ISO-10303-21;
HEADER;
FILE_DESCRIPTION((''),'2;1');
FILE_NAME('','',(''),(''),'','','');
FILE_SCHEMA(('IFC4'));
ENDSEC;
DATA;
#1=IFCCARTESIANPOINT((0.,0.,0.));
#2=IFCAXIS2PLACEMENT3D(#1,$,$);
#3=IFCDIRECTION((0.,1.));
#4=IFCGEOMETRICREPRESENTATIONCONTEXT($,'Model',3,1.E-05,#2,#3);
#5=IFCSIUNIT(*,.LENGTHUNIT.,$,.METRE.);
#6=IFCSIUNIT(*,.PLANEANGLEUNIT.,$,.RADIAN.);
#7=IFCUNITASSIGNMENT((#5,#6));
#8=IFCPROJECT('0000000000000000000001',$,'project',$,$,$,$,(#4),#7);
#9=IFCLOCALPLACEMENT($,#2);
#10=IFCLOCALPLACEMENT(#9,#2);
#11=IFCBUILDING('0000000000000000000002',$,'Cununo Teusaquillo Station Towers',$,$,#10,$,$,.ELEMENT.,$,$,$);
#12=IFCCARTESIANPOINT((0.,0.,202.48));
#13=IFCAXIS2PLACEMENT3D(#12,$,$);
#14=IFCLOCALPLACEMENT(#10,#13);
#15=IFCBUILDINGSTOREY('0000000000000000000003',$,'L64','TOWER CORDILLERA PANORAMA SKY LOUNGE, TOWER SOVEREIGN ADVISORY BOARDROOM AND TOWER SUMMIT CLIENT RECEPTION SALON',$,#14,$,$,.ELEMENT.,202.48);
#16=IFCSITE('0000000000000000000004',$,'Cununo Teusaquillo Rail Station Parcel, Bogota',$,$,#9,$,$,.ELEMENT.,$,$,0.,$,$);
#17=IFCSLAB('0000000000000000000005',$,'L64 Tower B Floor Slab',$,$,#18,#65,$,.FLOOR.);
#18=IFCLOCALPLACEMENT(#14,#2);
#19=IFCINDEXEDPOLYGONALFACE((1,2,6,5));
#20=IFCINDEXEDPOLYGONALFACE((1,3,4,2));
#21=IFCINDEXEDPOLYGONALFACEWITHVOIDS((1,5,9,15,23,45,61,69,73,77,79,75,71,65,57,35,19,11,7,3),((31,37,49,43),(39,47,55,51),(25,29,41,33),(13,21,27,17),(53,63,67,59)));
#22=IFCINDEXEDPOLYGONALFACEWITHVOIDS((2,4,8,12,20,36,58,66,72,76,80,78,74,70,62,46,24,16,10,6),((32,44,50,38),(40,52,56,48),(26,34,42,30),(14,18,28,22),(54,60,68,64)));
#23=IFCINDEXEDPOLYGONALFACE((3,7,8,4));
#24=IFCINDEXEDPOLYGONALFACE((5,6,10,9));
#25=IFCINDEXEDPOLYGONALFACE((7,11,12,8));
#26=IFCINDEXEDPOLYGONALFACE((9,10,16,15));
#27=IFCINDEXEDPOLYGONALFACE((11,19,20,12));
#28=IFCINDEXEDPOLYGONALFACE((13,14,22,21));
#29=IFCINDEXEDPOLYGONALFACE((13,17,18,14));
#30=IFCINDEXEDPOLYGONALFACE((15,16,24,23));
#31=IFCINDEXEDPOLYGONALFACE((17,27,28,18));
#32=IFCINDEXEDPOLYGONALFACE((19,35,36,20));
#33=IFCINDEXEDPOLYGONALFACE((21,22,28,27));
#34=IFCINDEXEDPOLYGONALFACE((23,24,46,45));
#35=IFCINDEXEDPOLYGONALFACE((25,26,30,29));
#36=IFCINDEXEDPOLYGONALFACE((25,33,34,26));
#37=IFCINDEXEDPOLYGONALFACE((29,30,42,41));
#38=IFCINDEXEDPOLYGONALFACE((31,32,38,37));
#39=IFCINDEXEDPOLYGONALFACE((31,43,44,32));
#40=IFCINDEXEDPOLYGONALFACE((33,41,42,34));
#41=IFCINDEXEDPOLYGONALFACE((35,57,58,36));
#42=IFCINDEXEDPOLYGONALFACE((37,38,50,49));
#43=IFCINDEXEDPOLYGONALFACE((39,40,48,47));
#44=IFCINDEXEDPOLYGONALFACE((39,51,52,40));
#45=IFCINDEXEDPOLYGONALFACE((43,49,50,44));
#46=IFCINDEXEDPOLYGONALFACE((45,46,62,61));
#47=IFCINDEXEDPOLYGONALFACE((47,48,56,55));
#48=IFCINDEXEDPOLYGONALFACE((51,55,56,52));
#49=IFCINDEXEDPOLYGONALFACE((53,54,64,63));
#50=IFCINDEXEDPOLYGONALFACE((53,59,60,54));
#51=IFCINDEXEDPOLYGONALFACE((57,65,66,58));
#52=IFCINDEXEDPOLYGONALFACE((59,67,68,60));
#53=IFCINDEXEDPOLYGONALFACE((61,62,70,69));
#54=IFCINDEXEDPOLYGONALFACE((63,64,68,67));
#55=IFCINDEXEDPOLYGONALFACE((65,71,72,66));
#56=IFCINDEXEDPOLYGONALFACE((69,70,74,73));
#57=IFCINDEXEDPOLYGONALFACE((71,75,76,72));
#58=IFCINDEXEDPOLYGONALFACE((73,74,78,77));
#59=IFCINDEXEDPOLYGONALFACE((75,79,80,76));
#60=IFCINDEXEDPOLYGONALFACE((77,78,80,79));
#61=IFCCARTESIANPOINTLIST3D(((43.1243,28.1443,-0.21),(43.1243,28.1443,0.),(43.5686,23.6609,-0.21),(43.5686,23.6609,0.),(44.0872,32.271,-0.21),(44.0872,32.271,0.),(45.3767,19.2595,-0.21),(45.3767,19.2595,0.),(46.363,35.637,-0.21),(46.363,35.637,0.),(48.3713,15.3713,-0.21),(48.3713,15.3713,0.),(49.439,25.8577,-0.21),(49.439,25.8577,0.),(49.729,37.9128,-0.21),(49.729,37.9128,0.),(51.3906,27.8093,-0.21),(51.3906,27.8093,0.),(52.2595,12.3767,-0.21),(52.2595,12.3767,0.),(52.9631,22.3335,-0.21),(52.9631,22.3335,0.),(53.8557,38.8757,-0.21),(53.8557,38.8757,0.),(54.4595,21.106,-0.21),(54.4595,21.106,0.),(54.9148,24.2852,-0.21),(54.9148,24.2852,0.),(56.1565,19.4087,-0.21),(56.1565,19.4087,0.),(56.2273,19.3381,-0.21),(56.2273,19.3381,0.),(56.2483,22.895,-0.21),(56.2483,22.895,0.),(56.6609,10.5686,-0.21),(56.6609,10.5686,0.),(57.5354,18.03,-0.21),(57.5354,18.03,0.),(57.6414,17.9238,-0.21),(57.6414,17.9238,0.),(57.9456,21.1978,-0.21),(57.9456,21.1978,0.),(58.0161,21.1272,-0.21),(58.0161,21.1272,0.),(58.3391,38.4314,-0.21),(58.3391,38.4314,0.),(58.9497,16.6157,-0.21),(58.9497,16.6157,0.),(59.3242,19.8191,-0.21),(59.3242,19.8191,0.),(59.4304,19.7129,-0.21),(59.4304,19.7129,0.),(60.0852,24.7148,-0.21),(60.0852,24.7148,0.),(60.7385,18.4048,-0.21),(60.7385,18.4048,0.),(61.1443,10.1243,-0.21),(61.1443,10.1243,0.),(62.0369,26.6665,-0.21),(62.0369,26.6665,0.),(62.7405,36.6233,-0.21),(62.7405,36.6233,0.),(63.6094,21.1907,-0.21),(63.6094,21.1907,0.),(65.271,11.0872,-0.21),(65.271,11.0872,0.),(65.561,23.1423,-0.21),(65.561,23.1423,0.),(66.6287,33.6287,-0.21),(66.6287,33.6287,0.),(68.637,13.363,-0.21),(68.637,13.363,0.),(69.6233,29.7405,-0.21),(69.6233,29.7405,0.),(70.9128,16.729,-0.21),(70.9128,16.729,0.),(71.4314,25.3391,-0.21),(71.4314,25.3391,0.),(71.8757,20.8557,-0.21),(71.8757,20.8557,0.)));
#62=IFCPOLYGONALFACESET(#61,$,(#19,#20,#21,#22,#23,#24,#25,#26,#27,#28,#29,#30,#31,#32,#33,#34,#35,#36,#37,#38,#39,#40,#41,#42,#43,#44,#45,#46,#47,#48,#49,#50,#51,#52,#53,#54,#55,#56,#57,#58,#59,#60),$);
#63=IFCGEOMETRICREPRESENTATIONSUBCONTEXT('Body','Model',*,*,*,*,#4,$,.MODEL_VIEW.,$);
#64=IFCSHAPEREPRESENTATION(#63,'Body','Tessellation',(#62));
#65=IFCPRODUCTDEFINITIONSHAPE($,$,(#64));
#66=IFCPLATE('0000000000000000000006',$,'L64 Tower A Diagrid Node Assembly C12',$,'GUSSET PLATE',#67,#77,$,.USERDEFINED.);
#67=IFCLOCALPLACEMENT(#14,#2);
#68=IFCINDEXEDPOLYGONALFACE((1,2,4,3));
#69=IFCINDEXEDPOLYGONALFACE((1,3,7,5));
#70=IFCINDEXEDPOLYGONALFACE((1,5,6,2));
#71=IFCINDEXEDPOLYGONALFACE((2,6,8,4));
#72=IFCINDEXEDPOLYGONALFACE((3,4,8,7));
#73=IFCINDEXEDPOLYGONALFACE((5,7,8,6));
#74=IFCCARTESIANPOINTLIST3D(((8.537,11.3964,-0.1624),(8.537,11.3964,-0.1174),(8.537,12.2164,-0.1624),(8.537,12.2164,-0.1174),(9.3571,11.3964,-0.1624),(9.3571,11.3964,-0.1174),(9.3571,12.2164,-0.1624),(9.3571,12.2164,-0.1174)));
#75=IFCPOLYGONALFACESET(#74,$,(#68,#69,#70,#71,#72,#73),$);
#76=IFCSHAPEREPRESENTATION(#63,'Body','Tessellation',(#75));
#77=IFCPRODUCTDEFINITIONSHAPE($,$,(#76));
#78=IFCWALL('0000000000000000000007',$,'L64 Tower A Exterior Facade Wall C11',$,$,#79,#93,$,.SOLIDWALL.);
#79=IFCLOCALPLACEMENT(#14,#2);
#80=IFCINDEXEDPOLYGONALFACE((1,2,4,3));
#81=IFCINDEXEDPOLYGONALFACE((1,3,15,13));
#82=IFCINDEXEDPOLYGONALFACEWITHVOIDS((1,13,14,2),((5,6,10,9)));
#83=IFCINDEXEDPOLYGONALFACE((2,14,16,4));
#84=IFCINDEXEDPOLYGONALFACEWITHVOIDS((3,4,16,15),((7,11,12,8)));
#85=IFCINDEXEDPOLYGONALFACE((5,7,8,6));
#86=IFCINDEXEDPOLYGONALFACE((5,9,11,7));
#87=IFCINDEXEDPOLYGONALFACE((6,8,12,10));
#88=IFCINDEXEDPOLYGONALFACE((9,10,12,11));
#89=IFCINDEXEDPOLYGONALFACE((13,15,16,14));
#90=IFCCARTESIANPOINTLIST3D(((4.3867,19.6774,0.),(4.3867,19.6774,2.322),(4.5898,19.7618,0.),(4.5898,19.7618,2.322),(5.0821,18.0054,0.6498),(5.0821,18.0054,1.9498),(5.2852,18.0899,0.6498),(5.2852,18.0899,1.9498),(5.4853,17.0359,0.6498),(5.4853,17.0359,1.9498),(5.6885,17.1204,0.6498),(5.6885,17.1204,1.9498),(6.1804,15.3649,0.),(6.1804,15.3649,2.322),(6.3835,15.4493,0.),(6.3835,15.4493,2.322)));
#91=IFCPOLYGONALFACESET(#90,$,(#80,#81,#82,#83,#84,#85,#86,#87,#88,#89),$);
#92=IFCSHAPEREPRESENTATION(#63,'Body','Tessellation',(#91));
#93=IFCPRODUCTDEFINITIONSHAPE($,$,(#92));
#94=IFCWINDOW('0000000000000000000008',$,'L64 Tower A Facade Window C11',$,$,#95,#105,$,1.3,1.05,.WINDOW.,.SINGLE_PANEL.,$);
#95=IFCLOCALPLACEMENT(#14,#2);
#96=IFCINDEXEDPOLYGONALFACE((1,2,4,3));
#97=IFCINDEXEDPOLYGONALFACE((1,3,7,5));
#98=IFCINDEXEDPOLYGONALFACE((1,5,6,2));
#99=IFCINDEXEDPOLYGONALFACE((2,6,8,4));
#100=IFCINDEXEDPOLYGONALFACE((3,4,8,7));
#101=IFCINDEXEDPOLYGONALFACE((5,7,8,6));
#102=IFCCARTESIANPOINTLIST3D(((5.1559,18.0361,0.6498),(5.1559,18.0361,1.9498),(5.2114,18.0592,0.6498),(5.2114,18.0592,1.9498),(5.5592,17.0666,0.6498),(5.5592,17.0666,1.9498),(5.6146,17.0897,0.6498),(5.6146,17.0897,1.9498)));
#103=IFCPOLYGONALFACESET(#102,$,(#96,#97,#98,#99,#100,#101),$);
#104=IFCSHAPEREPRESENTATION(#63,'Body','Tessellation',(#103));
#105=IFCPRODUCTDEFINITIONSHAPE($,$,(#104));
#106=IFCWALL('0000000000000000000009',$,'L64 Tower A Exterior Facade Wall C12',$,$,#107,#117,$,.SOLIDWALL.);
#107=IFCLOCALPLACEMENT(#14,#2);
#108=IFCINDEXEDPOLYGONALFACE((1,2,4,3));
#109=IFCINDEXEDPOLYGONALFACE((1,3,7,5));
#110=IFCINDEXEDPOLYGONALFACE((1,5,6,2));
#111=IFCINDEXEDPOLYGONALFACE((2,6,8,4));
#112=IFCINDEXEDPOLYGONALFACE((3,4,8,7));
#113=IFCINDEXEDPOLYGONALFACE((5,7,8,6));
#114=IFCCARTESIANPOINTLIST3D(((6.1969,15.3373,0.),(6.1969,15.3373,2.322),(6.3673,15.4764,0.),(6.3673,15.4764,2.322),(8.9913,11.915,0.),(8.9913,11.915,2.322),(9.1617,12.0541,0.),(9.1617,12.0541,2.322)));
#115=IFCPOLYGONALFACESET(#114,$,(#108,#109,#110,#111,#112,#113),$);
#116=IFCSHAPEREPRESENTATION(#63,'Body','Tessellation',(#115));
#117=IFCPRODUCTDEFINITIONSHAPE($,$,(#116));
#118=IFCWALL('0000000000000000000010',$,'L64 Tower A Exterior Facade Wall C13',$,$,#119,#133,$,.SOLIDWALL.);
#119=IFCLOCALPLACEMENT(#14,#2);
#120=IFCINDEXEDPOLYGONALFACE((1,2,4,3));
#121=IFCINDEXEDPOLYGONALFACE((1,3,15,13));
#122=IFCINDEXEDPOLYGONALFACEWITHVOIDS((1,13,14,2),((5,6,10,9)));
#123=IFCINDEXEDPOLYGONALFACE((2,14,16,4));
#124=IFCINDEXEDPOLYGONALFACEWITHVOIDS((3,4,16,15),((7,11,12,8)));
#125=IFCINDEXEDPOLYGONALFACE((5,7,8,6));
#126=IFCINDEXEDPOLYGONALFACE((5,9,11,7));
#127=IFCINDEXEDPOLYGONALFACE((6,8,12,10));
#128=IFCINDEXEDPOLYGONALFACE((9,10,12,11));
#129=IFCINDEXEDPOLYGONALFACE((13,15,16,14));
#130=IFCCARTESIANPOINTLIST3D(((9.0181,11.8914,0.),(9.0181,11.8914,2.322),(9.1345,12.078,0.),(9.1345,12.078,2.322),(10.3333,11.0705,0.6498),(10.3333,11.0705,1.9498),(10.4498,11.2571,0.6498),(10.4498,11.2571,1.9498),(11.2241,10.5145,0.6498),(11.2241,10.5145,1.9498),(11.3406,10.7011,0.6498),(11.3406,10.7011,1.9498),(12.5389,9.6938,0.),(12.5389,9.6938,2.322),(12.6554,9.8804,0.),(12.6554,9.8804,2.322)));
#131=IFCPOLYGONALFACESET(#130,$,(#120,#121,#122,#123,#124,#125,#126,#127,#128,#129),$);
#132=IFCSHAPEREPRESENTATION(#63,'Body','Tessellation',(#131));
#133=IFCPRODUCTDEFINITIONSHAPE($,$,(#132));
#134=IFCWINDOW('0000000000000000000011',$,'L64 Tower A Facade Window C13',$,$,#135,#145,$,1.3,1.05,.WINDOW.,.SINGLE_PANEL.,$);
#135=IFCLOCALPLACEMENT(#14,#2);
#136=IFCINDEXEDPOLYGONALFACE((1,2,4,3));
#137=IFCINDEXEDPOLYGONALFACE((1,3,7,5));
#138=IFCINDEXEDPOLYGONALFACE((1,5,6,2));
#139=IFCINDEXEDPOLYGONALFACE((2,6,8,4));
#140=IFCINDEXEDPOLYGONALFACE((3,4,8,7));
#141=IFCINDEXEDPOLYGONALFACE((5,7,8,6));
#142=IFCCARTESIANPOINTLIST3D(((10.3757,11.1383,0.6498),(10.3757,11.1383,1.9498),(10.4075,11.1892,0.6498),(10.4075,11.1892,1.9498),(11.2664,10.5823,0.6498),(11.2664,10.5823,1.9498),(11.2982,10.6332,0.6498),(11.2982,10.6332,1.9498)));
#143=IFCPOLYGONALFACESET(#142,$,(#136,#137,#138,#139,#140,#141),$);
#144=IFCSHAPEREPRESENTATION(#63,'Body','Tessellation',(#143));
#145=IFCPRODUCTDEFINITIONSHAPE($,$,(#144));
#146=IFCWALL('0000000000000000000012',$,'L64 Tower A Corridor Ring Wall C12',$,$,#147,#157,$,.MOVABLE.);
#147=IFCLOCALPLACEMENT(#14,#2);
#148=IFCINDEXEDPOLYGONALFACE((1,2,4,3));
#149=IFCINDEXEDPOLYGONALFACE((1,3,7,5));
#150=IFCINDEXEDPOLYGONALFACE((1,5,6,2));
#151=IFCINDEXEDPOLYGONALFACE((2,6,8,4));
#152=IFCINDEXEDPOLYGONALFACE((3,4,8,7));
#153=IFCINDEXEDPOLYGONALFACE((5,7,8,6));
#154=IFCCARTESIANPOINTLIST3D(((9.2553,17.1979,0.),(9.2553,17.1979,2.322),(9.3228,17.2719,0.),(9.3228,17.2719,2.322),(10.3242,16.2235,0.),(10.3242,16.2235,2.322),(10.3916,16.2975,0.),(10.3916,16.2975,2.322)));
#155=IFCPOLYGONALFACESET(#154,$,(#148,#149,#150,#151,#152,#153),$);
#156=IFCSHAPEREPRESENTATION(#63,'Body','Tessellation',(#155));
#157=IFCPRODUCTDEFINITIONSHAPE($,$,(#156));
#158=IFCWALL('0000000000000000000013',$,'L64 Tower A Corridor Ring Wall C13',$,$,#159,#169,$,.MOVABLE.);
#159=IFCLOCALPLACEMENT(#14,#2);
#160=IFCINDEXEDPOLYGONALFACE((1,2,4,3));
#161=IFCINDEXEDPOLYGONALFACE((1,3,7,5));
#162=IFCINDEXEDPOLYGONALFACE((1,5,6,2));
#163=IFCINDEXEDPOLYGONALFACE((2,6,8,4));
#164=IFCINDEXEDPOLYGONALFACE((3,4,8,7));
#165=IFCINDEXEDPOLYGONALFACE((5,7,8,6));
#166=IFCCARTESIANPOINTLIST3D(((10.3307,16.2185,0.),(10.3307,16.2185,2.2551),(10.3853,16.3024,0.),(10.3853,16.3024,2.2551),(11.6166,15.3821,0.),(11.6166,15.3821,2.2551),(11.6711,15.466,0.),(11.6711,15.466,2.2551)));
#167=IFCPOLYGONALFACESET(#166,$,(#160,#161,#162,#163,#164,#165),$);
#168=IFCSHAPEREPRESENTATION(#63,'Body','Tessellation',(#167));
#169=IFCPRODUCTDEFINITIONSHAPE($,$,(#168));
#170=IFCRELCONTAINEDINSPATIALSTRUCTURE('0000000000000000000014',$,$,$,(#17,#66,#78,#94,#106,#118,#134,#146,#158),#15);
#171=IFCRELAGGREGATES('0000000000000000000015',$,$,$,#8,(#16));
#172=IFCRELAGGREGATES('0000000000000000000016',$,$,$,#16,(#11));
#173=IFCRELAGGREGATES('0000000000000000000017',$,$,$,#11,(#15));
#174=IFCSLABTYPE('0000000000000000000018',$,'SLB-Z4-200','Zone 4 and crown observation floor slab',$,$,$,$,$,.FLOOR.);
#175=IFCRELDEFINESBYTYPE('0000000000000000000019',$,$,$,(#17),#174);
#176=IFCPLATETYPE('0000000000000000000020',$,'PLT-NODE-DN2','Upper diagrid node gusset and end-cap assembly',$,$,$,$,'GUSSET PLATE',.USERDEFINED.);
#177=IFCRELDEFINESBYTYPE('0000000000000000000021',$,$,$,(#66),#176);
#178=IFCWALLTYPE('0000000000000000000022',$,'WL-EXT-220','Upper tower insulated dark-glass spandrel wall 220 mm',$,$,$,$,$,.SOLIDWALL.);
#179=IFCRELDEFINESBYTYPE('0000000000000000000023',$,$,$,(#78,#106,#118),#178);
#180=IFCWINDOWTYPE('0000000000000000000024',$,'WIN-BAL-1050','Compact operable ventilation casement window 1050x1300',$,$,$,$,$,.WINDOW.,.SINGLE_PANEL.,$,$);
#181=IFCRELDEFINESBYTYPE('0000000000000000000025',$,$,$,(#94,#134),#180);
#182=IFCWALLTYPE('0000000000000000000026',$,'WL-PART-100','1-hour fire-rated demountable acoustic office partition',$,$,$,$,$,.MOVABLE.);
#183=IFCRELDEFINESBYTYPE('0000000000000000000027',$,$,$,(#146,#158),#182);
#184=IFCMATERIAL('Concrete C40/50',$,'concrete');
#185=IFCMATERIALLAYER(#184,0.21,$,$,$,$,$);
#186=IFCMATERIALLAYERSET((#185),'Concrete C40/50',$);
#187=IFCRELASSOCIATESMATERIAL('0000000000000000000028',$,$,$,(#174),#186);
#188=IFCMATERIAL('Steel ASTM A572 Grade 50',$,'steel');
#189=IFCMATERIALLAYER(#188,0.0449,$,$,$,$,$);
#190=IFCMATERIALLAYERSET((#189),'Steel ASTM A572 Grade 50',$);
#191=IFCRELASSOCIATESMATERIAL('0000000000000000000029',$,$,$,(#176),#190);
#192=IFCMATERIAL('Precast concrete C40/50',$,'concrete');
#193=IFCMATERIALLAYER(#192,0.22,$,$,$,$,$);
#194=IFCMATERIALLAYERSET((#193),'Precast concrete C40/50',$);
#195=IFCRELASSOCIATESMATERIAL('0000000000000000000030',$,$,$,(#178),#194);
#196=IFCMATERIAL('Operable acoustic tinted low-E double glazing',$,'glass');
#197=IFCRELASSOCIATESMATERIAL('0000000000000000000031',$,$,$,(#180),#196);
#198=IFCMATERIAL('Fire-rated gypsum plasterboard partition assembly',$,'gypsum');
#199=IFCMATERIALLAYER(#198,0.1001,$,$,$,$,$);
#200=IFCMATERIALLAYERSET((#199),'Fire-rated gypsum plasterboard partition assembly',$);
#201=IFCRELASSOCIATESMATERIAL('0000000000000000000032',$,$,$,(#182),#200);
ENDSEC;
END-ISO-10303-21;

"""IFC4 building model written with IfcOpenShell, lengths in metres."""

from ifc_helpers import new_model, si_unit, direction, frame, frame_2d, origin, origin_2d, place, context, subcontext, project, spatial, polyline, rectangle, outline, extrude, source, transform, mapped, material, layer, layer_set, type_object, element, fill, save


model = new_model("IFC4")

# Units and contexts
model_context = context("Model", 3, precision=1e-05, world=origin(), true_north=direction((0.0, 1.0)))
body_context = subcontext(model_context, "Body", "Model", "MODEL_VIEW")
ifc_project = project(units=[si_unit("LENGTHUNIT", "METRE"), si_unit("PLANEANGLEUNIT", "RADIAN")], contexts=[model_context])

# Site, building, storey
site_placement = place(None, origin())
site = spatial("IfcSite", under=ifc_project, at=site_placement, Name="Cununo Teusaquillo Rail Station Parcel, Bogota", CompositionType="ELEMENT", RefElevation=0.0)
building_placement = place(site_placement, origin())
building = spatial("IfcBuilding", under=site, at=building_placement, Name="Cununo Teusaquillo Station Towers", CompositionType="ELEMENT")
storey_placement = place(building_placement, frame((0.0, 0.0, 202.48)))
storey = spatial("IfcBuildingStorey", under=building, at=storey_placement, Name="L64", Description="TOWER CORDILLERA PANORAMA SKY LOUNGE, TOWER SOVEREIGN ADVISORY BOARDROOM AND TOWER SUMMIT CLIENT RECEPTION SALON", CompositionType="ELEMENT", Elevation=202.48)

# Slab
ifc_material_1 = material(Name="Concrete C40/50", Category="concrete")
ifc_layer_1 = layer(ifc_material_1, 0.21)
ifc_layer_set_1 = layer_set([ifc_layer_1], Name="Concrete C40/50")
slab_type_1 = type_object("IfcSlabType", Name="SLB-Z4-200", Description="Zone 4 and crown observation floor slab", PredefinedType="FLOOR", material=ifc_layer_set_1)
slab_1_placement = place(storey_placement, frame((0.0, 0.0, -0.21)))
element("IfcSlab", 1, at=slab_1_placement, inside=storey, type_object=slab_type_1, Name="L64 Tower B Floor Slab", PredefinedType="FLOOR", context=body_context, shape_type="SweptSolid", body=[
    extrude(outline(polyline([(66.6287, 33.6287), (62.7405, 36.6233), (58.3391, 38.4314), (53.8557, 38.8757), (49.729, 37.9128), (46.363, 35.637), (44.0872, 32.271), (43.1243, 28.1443), (43.5686, 23.6609), (45.3767, 19.2595), (48.3713, 15.3713), (52.2595, 12.3767), (56.6609, 10.5686), (61.1443, 10.1243), (65.271, 11.0872), (68.637, 13.363), (70.9128, 16.729), (71.8757, 20.8557), (71.4314, 25.3391), (69.6233, 29.7405), (66.6287, 33.6287)]), holes=[polyline([(54.9148, 24.2852), (51.3906, 27.8093), (49.439, 25.8577), (52.9631, 22.3335), (54.9148, 24.2852)]), polyline([(60.0852, 24.7148), (63.6094, 21.1907), (65.561, 23.1423), (62.0369, 26.6665), (60.0852, 24.7148)]), polyline([(56.1565, 19.4087), (57.9456, 21.1978), (56.2483, 22.895), (54.4595, 21.106), (56.1565, 19.4087)]), polyline([(58.9497, 16.6157), (60.7385, 18.4048), (59.4304, 19.7129), (57.6414, 17.9238), (58.9497, 16.6157)]), polyline([(57.5354, 18.03), (59.3242, 19.8191), (58.0161, 21.1272), (56.2273, 19.3381), (57.5354, 18.03)])]), origin(), (0.0, 0.0, 1.0), 0.21),
])

# Plate
ifc_material_2 = material(Name="Steel ASTM A572 Grade 50", Category="steel")
ifc_layer_2 = layer(ifc_material_2, 0.0449)
ifc_layer_set_2 = layer_set([ifc_layer_2], Name="Steel ASTM A572 Grade 50")
plate_type = type_object("IfcPlateType", Name="PLT-NODE-DN2", Description="Upper diagrid node gusset and end-cap assembly", ElementType="GUSSET PLATE", PredefinedType="USERDEFINED", material=ifc_layer_set_2)
shared_shape_1 = source(origin(), body_context, "Body", "SweptSolid", [
    extrude(rectangle(XDim=0.8201, YDim=0.8201, at=origin_2d()), origin(), (0.0, 0.0, 1.0), 0.0449),
])
plate_placement = place(storey_placement, frame((8.947, 11.8064, -0.1624), z_axis=(0.0, 0.0, 1.0), x_axis=(1.0, 0.0, 0.0)))
element("IfcPlate", 2, at=plate_placement, inside=storey, type_object=plate_type, Name="L64 Tower A Diagrid Node Assembly C12", ObjectType="GUSSET PLATE", PredefinedType="USERDEFINED", context=body_context, shape_type="MappedRepresentation", body=[
    mapped(shared_shape_1, transform((0.0, 0.0, 0.0), x_axis=(1.0, 0.0, 0.0), y_axis=(0.0, 1.0, 0.0), z_axis=(0.0, 0.0, 1.0), scale=1.0)),
])

# Wall, opening, window
ifc_material_3 = material(Name="Precast concrete C40/50", Category="concrete")
ifc_layer_3 = layer(ifc_material_3, 0.22)
ifc_layer_set_3 = layer_set([ifc_layer_3], Name="Precast concrete C40/50")
wall_type_1 = type_object("IfcWallType", Name="WL-EXT-220", Description="Upper tower insulated dark-glass spandrel wall 220 mm", PredefinedType="SOLIDWALL", material=ifc_layer_set_3)
wall_1_placement = place(storey_placement, frame((6.282, 15.407, 0.0), z_axis=(0.0, 0.0, 1.0), x_axis=(-0.384036, 0.923318, 0.0)))
wall_1 = element("IfcWall", 3, at=wall_1_placement, inside=storey, type_object=wall_type_1, Name="L64 Tower A Exterior Facade Wall C11", PredefinedType="SOLIDWALL", context=body_context, shape_type="SweptSolid", body=[
    extrude(rectangle(XDim=4.6707, YDim=0.22, at=frame_2d((2.3354, 0.0))), origin(), (0.0, 0.0, 1.0), 2.322),
])
shared_shape_2 = source(origin(), body_context, "Body", "SweptSolid", [
    extrude(rectangle(XDim=1.05, YDim=1.3, at=frame_2d((0.5249, 0.6499))), frame((0.0, 0.1199, 0.0), z_axis=(0.0, -1.0, 0.0), x_axis=(1.0, 0.0, 0.0)), (0.0, 0.0, 1.0), 0.24),
])
opening_1_placement = place(wall_1_placement, frame((1.8101, 0.0, 0.6499)))
opening_1 = element("IfcOpeningElement", 4, at=opening_1_placement, cuts=wall_1, PredefinedType="OPENING", context=body_context, shape_type="MappedRepresentation", body=[
    mapped(shared_shape_2, transform((0.0, 0.0, 0.0), x_axis=(1.0, 0.0, 0.0), y_axis=(0.0, 1.0, 0.0), z_axis=(0.0, 0.0, 1.0), scale=1.0)),
])
ifc_material_4 = material(Name="Operable acoustic tinted low-E double glazing", Category="glass")
window_type = type_object("IfcWindowType", Name="WIN-BAL-1050", Description="Compact operable ventilation casement window 1050x1300", PartitioningType="SINGLE_PANEL", PredefinedType="WINDOW", material=ifc_material_4)
shared_shape_3 = source(origin(), body_context, "Body", "SweptSolid", [
    extrude(rectangle(XDim=1.05, YDim=1.3, at=frame_2d((0.5249, 0.6499))), frame((0.0, 0.03, 0.0), z_axis=(0.0, -1.0, 0.0), x_axis=(1.0, 0.0, 0.0)), (0.0, 0.0, 1.0), 0.0601),
])
window_1_placement = place(opening_1_placement, origin())
window_1 = element("IfcWindow", 5, at=window_1_placement, inside=storey, type_object=window_type, Name="L64 Tower A Facade Window C11", OverallHeight=1.3, OverallWidth=1.05, PartitioningType="SINGLE_PANEL", PredefinedType="WINDOW", context=body_context, shape_type="MappedRepresentation", body=[
    mapped(shared_shape_3, transform((0.0, 0.0, 0.0), x_axis=(1.0, 0.0, 0.0), y_axis=(0.0, 1.0, 0.0), z_axis=(0.0, 0.0, 1.0), scale=1.0)),
])
fill(opening_1, window_1)

# Wall
wall_2_placement = place(storey_placement, frame((9.0764, 11.9846, 0.0), z_axis=(0.0, 0.0, 1.0), x_axis=(-0.632467, 0.774587, 0.0)))
element("IfcWall", 6, at=wall_2_placement, inside=storey, type_object=wall_type_1, Name="L64 Tower A Exterior Facade Wall C12", PredefinedType="SOLIDWALL", context=body_context, shape_type="SweptSolid", body=[
    extrude(rectangle(XDim=4.4182, YDim=0.22, at=frame_2d((2.209, 0.0))), origin(), (0.0, 0.0, 1.0), 2.322),
])

# Wall, opening, window
wall_3_placement = place(storey_placement, frame((12.5972, 9.7871, 0.0), z_axis=(0.0, 0.0, 1.0), x_axis=(-0.848319, 0.529486, 0.0)))
wall_3 = element("IfcWall", 7, at=wall_3_placement, inside=storey, type_object=wall_type_1, Name="L64 Tower A Exterior Facade Wall C13", PredefinedType="SOLIDWALL", context=body_context, shape_type="SweptSolid", body=[
    extrude(rectangle(XDim=4.1504, YDim=0.22, at=frame_2d((2.0752, 0.0))), origin(), (0.0, 0.0, 1.0), 2.322),
])
opening_2_placement = place(wall_3_placement, frame((1.55, 0.0, 0.6499)))
opening_2 = element("IfcOpeningElement", 8, at=opening_2_placement, cuts=wall_3, PredefinedType="OPENING", context=body_context, shape_type="MappedRepresentation", body=[
    mapped(shared_shape_2, transform((0.0, 0.0, 0.0), x_axis=(1.0, 0.0, 0.0), y_axis=(0.0, 1.0, 0.0), z_axis=(0.0, 0.0, 1.0), scale=1.0)),
])
window_2_placement = place(opening_2_placement, origin())
window_2 = element("IfcWindow", 9, at=window_2_placement, inside=storey, type_object=window_type, Name="L64 Tower A Facade Window C13", OverallHeight=1.3, OverallWidth=1.05, PartitioningType="SINGLE_PANEL", PredefinedType="WINDOW", context=body_context, shape_type="MappedRepresentation", body=[
    mapped(shared_shape_3, transform((0.0, 0.0, 0.0), x_axis=(1.0, 0.0, 0.0), y_axis=(0.0, 1.0, 0.0), z_axis=(0.0, 0.0, 1.0), scale=1.0)),
])
fill(opening_2, window_2)

# Walls
ifc_material_5 = material(Name="Fire-rated gypsum plasterboard partition assembly", Category="gypsum")
ifc_layer_4 = layer(ifc_material_5, 0.1001)
ifc_layer_set_4 = layer_set([ifc_layer_4], Name="Fire-rated gypsum plasterboard partition assembly")
wall_type_2 = type_object("IfcWallType", Name="WL-PART-100", Description="1-hour fire-rated demountable acoustic office partition", PredefinedType="MOVABLE", material=ifc_layer_set_4)
wall_4_placement = place(storey_placement, frame((9.2891, 17.2349, 0.0), z_axis=(0.0, 0.0, 1.0), x_axis=(0.739015, -0.673689, 0.0)))
element("IfcWall", 10, at=wall_4_placement, inside=storey, type_object=wall_type_2, Name="L64 Tower A Corridor Ring Wall C12", PredefinedType="MOVABLE", context=body_context, shape_type="SweptSolid", body=[
    extrude(rectangle(XDim=1.4463, YDim=0.1001, at=frame_2d((0.7231, 0.0))), origin(), (0.0, 0.0, 1.0), 2.322),
])
wall_5_placement = place(storey_placement, frame((10.3579, 16.2605, 0.0), z_axis=(0.0, 0.0, 1.0), x_axis=(0.838265, -0.545262, 0.0)))
element("IfcWall", 11, at=wall_5_placement, inside=storey, type_object=wall_type_2, Name="L64 Tower A Corridor Ring Wall C13", PredefinedType="MOVABLE", context=body_context, shape_type="SweptSolid", body=[
    extrude(rectangle(XDim=1.5339, YDim=0.1001, at=frame_2d((0.7671, 0.0))), origin(), (0.0, 0.0, 1.0), 2.2551),
])

save(model, "model.ifc")
